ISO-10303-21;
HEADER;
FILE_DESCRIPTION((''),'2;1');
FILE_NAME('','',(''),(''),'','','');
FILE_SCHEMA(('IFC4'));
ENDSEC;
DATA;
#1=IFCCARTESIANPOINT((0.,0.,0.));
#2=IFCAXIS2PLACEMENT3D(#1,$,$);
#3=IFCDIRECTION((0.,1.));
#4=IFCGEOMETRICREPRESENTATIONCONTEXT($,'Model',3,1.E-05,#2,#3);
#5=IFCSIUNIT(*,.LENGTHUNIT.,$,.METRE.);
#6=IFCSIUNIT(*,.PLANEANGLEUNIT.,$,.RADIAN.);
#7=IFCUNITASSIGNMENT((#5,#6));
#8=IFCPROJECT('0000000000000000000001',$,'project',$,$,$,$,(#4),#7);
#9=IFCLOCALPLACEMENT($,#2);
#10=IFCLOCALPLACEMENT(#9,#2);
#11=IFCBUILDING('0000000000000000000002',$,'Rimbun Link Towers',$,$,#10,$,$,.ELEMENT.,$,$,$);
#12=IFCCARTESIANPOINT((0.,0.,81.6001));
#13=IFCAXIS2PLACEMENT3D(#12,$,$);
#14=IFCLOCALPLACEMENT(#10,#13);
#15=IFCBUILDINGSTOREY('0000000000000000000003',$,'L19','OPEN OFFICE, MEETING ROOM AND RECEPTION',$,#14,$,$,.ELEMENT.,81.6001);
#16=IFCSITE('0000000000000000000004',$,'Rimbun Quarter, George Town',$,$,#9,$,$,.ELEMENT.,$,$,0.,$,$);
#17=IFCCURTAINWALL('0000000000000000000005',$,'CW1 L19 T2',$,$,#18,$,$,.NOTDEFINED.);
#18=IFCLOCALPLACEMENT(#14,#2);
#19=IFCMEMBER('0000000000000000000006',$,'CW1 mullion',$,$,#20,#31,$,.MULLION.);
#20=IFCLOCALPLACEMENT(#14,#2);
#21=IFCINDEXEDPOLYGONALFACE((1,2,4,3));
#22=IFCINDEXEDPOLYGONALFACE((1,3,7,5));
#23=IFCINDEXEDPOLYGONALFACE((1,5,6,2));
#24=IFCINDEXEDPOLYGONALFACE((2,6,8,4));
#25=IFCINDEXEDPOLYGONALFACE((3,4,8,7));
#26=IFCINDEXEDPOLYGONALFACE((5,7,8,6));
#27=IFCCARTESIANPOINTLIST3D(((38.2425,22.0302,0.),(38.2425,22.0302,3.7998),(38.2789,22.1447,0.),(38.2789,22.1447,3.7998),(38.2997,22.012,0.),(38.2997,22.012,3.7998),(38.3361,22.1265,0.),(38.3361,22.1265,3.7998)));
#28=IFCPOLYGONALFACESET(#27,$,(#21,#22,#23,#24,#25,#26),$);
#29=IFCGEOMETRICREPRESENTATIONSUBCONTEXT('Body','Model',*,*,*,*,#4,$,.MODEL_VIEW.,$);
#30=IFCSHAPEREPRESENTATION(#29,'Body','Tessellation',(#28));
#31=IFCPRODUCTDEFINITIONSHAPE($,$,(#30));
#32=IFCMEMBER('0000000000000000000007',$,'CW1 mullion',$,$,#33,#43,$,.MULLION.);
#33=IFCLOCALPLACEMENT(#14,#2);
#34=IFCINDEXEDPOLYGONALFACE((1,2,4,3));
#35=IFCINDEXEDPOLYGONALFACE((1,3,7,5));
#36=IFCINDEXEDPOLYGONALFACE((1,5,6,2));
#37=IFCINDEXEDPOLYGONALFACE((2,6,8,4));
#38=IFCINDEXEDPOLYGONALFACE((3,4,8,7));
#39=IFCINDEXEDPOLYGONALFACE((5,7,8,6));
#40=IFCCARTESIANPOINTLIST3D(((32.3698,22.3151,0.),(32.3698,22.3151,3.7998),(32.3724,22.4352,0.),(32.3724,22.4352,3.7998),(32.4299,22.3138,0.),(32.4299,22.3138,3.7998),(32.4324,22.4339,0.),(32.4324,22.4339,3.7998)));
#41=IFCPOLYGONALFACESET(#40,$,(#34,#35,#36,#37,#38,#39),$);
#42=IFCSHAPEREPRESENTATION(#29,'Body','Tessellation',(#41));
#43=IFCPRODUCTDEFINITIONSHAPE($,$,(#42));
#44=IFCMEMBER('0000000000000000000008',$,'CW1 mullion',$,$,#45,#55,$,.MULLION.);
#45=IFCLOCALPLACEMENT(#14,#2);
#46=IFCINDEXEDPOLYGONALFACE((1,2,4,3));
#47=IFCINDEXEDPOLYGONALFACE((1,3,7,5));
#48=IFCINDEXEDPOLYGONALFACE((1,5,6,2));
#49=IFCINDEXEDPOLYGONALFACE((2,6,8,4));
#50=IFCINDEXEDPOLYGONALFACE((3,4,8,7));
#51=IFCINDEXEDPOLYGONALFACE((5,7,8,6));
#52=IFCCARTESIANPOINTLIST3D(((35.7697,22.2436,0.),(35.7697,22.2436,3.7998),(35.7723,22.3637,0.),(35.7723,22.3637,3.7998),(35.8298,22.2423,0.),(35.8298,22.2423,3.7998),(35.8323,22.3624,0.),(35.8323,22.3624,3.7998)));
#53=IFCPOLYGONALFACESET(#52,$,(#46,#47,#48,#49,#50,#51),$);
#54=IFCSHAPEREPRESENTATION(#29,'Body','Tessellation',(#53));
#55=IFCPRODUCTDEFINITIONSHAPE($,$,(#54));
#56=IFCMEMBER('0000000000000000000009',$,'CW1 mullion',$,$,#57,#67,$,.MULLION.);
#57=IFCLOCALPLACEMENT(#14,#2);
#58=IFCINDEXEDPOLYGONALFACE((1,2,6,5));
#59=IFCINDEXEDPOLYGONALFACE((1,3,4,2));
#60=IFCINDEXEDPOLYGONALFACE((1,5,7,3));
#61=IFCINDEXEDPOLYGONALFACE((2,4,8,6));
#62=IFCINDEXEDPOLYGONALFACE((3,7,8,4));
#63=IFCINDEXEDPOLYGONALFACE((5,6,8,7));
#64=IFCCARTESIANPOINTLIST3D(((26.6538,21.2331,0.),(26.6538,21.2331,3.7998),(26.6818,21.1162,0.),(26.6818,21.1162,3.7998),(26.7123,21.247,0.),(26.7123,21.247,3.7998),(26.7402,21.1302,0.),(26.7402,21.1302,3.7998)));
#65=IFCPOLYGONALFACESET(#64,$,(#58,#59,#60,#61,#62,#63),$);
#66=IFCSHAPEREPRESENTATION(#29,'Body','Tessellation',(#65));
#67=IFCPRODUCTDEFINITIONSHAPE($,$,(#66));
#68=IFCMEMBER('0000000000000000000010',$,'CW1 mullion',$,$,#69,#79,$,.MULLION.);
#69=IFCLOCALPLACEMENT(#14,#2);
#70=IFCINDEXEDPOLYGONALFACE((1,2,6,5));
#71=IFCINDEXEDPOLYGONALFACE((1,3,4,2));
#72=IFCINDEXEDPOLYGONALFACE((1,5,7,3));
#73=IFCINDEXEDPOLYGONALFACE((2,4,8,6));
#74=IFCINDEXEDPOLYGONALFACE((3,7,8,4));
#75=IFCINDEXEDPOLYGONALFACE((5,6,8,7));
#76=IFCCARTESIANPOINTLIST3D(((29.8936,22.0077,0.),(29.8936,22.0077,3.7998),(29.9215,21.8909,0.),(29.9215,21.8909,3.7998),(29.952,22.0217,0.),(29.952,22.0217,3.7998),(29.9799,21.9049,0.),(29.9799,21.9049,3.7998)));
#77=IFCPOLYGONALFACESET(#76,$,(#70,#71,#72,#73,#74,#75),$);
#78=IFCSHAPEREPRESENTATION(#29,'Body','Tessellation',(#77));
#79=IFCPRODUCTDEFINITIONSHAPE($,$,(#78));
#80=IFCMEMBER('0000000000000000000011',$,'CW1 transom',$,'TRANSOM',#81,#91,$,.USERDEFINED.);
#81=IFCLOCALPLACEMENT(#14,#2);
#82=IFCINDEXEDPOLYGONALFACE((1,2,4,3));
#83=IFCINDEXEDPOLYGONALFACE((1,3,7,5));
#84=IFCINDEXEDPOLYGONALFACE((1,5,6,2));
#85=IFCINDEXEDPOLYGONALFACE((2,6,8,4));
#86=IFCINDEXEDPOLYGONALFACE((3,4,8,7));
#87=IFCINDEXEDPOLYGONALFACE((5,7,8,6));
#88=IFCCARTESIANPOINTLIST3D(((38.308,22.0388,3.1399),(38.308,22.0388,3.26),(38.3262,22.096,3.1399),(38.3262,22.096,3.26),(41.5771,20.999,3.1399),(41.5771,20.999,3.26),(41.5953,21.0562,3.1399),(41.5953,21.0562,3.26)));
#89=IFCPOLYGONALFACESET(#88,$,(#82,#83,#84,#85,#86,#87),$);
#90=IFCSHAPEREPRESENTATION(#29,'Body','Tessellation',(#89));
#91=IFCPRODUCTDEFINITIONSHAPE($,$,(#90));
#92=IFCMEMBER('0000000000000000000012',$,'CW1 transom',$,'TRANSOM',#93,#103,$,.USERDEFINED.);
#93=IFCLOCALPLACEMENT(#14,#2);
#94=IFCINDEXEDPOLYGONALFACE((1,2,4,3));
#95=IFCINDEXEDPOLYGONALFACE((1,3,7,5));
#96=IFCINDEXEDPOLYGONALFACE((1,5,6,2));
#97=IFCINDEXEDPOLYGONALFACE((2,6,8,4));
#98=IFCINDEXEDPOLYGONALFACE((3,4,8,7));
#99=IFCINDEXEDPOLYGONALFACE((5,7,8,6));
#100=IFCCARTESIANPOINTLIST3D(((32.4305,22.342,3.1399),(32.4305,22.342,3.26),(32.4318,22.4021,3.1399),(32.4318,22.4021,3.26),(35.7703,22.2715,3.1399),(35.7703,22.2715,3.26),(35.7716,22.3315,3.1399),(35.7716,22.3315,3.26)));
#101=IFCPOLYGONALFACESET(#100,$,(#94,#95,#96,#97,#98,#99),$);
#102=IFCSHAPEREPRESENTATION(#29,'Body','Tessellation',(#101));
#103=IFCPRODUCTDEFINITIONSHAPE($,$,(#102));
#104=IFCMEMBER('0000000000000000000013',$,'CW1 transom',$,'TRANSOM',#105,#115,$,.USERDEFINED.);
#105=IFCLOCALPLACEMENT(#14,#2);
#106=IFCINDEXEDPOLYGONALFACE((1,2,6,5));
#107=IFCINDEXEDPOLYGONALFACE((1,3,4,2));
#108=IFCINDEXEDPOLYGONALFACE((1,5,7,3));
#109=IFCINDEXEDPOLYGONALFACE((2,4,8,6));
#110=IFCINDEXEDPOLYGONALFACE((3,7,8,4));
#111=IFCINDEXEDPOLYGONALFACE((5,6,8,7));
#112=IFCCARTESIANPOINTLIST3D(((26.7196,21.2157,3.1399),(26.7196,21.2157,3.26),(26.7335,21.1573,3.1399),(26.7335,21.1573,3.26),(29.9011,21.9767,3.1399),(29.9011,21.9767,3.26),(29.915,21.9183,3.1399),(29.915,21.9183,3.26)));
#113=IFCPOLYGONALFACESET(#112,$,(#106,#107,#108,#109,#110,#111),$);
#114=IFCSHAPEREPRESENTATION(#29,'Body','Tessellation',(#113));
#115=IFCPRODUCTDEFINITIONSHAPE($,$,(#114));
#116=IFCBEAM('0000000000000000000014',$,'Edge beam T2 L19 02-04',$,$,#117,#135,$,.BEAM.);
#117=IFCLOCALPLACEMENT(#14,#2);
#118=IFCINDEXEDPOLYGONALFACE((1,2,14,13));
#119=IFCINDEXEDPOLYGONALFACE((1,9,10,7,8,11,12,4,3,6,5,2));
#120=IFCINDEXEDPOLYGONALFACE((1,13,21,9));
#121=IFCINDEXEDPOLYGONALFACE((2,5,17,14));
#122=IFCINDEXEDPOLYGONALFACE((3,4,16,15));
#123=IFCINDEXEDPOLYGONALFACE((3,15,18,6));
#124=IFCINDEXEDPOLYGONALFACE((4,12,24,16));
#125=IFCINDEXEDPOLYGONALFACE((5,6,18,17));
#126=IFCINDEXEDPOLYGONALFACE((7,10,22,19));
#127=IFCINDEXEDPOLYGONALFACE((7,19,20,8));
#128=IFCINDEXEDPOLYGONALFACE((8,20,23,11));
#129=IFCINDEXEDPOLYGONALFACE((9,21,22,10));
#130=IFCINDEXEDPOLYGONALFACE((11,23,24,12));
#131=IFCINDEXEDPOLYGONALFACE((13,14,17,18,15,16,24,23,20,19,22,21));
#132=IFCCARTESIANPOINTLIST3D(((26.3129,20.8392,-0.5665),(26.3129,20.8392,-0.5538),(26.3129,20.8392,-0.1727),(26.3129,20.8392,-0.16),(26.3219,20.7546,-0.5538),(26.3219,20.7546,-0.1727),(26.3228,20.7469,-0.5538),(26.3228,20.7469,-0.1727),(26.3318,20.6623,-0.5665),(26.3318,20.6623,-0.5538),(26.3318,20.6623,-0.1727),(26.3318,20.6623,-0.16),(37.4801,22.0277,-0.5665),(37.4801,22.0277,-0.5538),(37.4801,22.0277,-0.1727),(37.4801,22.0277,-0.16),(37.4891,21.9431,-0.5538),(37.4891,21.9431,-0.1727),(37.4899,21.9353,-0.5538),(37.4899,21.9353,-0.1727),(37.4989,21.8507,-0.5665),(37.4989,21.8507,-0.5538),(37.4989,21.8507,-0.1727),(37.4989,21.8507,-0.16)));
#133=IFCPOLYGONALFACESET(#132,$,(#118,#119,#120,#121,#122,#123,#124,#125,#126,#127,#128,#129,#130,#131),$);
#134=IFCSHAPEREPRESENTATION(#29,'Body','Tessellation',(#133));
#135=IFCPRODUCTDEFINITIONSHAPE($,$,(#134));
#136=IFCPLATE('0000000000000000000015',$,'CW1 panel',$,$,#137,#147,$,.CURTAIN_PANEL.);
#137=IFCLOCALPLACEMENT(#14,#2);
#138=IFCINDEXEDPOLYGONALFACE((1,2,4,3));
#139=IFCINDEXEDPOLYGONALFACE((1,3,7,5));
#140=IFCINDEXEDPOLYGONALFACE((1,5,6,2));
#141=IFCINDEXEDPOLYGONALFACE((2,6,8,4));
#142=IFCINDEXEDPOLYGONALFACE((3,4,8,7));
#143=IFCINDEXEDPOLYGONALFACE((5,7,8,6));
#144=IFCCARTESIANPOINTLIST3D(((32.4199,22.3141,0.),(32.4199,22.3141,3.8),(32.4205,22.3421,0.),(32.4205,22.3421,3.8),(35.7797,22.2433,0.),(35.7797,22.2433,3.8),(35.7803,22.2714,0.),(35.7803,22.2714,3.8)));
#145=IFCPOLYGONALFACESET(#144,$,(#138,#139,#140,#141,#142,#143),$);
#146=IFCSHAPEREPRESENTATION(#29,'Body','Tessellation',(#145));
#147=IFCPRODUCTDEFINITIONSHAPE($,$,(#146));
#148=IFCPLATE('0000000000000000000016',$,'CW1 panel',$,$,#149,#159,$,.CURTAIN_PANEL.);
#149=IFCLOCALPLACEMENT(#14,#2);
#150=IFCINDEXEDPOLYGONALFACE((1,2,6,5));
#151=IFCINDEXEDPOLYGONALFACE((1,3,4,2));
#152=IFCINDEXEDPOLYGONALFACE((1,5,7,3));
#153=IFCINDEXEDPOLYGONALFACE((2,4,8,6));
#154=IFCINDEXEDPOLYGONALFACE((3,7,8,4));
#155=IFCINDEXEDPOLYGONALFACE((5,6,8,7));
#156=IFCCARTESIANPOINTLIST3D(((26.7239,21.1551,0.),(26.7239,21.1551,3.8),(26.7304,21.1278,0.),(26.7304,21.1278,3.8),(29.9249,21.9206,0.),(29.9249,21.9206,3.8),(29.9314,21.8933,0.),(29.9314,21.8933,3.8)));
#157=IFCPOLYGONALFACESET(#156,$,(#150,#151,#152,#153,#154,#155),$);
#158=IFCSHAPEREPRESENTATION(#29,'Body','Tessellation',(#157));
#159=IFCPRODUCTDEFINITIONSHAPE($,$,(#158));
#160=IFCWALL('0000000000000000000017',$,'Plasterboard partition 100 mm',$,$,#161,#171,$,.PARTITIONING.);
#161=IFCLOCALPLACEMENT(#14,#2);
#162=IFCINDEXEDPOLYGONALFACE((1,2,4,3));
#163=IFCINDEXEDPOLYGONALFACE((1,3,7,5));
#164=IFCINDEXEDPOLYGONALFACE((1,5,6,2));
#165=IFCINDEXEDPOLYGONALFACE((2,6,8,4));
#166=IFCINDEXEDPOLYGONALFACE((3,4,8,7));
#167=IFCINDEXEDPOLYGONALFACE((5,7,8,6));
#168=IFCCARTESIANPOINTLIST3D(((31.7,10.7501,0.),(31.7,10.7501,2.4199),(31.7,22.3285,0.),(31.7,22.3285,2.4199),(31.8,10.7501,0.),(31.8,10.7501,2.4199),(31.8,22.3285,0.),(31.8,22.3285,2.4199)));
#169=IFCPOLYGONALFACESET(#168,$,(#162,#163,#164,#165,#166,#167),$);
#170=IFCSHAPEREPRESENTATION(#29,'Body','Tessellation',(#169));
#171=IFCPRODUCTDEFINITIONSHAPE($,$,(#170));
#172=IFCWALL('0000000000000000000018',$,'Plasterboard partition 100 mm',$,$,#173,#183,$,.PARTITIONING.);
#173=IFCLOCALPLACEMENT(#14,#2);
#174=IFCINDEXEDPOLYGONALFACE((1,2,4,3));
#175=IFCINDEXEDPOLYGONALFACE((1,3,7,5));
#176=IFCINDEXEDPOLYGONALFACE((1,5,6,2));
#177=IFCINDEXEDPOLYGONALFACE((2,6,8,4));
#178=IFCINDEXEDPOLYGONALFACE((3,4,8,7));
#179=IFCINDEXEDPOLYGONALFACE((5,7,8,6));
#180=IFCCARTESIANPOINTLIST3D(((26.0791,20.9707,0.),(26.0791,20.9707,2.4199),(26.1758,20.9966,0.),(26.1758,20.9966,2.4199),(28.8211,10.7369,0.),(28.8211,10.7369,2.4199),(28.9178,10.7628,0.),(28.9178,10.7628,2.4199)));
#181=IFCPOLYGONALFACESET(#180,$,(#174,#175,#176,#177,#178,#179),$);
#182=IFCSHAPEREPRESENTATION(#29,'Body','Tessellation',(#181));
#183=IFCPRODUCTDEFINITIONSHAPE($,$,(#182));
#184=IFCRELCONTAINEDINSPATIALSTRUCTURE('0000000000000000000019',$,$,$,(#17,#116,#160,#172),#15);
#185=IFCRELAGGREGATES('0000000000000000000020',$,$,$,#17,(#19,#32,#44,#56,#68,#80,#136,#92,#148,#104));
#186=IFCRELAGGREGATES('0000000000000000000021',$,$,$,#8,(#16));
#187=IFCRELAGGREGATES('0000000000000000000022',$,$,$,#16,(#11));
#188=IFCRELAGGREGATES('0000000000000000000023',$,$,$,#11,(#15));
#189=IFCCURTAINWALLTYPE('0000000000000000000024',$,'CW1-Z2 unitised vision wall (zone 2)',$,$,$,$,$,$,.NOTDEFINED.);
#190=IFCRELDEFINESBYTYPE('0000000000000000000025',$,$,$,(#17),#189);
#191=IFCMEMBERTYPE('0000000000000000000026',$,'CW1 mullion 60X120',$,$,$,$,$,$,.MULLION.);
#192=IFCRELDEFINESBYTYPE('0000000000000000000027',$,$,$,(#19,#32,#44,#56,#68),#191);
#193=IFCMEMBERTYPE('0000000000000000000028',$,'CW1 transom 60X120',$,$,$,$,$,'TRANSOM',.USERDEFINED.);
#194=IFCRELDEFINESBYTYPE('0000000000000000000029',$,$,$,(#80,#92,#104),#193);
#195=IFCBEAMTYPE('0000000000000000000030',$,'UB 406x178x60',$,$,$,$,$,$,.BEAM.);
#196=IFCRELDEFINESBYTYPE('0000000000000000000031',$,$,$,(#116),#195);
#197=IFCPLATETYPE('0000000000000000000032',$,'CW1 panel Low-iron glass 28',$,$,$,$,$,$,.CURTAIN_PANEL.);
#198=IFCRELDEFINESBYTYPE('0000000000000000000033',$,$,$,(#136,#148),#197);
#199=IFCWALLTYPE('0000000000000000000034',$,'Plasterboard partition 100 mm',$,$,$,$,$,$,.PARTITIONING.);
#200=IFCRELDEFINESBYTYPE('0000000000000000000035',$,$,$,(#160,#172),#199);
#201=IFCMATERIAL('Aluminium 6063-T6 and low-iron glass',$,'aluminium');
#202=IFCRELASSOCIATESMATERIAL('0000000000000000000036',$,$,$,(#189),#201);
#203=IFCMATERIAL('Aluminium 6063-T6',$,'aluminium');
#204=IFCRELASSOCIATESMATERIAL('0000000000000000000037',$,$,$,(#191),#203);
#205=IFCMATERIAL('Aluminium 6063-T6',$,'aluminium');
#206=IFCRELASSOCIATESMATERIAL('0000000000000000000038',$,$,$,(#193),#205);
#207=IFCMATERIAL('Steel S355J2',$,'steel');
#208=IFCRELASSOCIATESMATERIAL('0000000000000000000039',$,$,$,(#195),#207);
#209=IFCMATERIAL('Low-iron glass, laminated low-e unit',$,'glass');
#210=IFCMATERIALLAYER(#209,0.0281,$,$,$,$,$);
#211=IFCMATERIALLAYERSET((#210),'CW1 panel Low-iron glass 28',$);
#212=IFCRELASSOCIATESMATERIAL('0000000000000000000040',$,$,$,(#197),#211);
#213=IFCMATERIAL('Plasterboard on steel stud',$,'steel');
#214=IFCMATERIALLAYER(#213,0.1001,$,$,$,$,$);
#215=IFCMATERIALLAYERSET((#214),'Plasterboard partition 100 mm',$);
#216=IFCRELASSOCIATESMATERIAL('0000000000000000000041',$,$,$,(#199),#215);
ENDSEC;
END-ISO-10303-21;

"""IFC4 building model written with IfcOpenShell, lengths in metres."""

from ifc_helpers import new_model, si_unit, direction, frame, frame_2d, origin, origin_2d, place, context, subcontext, project, spatial, rectangle, i_section, extrude, material, layer, layer_set, material_profile, profile_set, type_object, element, aggregate, save


model = new_model("IFC4")

# Units and contexts
model_context = context("Model", 3, precision=1e-05, world=origin(), true_north=direction((0.0, 1.0)))
body_context = subcontext(model_context, "Body", "Model", "MODEL_VIEW")
ifc_project = project(units=[si_unit("LENGTHUNIT", "METRE"), si_unit("PLANEANGLEUNIT", "RADIAN")], contexts=[model_context])

# Site, building, storey
site_placement = place(None, origin())
site = spatial("IfcSite", under=ifc_project, at=site_placement, Name="Rimbun Quarter, George Town", CompositionType="ELEMENT", RefElevation=0.0)
building_placement = place(site_placement, origin())
building = spatial("IfcBuilding", under=site, at=building_placement, Name="Rimbun Link Towers", CompositionType="ELEMENT")
storey_placement = place(building_placement, frame((0.0, 0.0, 81.6001)))
storey = spatial("IfcBuildingStorey", under=building, at=storey_placement, Name="L19", Description="OPEN OFFICE, MEETING ROOM AND RECEPTION", CompositionType="ELEMENT", Elevation=81.6001)

# Curtain wall, members
ifc_material_1 = material(Name="Aluminium 6063-T6 and low-iron glass", Category="aluminium")
curtain_wall_type = type_object("IfcCurtainWallType", Name="CW1-Z2 unitised vision wall (zone 2)", PredefinedType="NOTDEFINED", material=ifc_material_1)
curtain_wall_placement = place(storey_placement, origin())
curtain_wall = element("IfcCurtainWall", 1, at=curtain_wall_placement, inside=storey, type_object=curtain_wall_type, Name="CW1 L19 T2", PredefinedType="NOTDEFINED")
ifc_material_2 = material(Name="Aluminium 6063-T6", Category="aluminium")
ifc_material_profile_1 = material_profile(ifc_material_2, rectangle(XDim=0.1201, YDim=0.0601, at=origin_2d()), Name="MULLION 60X120")
ifc_profile_set_1 = profile_set([ifc_material_profile_1], Name="Aluminium 6063-T6")
member_type_1 = type_object("IfcMemberType", Name="CW1 mullion 60X120", PredefinedType="MULLION", material=ifc_profile_set_1)
member_1_placement = place(storey_placement, frame((38.2893, 22.0784, 0.0), z_axis=(0.0, 0.0, 1.0), x_axis=(0.30307, 0.952968, 0.0)))
member_1 = element("IfcMember", 2, at=member_1_placement, type_object=member_type_1, Name="CW1 mullion", PredefinedType="MULLION", context=body_context, shape_type="SweptSolid", body=[
    extrude(rectangle(XDim=0.1201, YDim=0.0601, at=origin_2d()), origin(), (0.0, 0.0, 1.0), 3.7998),
])
member_2_placement = place(storey_placement, frame((32.4011, 22.3745, 0.0), z_axis=(0.0, 0.0, 1.0), x_axis=(0.021057, 0.999778, 0.0)))
member_2 = element("IfcMember", 3, at=member_2_placement, type_object=member_type_1, Name="CW1 mullion", PredefinedType="MULLION", context=body_context, shape_type="SweptSolid", body=[
    extrude(rectangle(XDim=0.1201, YDim=0.0601, at=origin_2d()), origin(), (0.0, 0.0, 1.0), 3.7998),
])
member_3_placement = place(storey_placement, frame((35.801, 22.303, 0.0), z_axis=(0.0, 0.0, 1.0), x_axis=(0.021057, 0.999778, 0.0)))
member_3 = element("IfcMember", 4, at=member_3_placement, type_object=member_type_1, Name="CW1 mullion", PredefinedType="MULLION", context=body_context, shape_type="SweptSolid", body=[
    extrude(rectangle(XDim=0.1201, YDim=0.0601, at=origin_2d()), origin(), (0.0, 0.0, 1.0), 3.7998),
])
member_4_placement = place(storey_placement, frame((26.697, 21.1816, 0.0), z_axis=(0.0, 0.0, 1.0), x_axis=(-0.232584, 0.972576, 0.0)))
member_4 = element("IfcMember", 5, at=member_4_placement, type_object=member_type_1, Name="CW1 mullion", PredefinedType="MULLION", context=body_context, shape_type="SweptSolid", body=[
    extrude(rectangle(XDim=0.1201, YDim=0.0601, at=origin_2d()), origin(), (0.0, 0.0, 1.0), 3.7998),
])
member_5_placement = place(storey_placement, frame((29.9368, 21.9563, 0.0), z_axis=(0.0, 0.0, 1.0), x_axis=(-0.232584, 0.972576, 0.0)))
member_5 = element("IfcMember", 6, at=member_5_placement, type_object=member_type_1, Name="CW1 mullion", PredefinedType="MULLION", context=body_context, shape_type="SweptSolid", body=[
    extrude(rectangle(XDim=0.1201, YDim=0.0601, at=origin_2d()), origin(), (0.0, 0.0, 1.0), 3.7998),
])
ifc_material_3 = material(Name="Aluminium 6063-T6", Category="aluminium")
ifc_material_profile_2 = material_profile(ifc_material_3, rectangle(XDim=0.0601, YDim=0.1201, at=origin_2d()), Name="TRANSOM 60X120")
ifc_profile_set_2 = profile_set([ifc_material_profile_2], Name="Aluminium 6063-T6")
member_type_2 = type_object("IfcMemberType", Name="CW1 transom 60X120", ElementType="TRANSOM", PredefinedType="USERDEFINED", material=ifc_profile_set_2)
member_6_placement = place(storey_placement, frame((38.3171, 22.0674, 3.2), z_axis=(0.952956, -0.30311, 0.0), x_axis=(0.30311, 0.952956, 0.0)))
member_6 = element("IfcMember", 7, at=member_6_placement, type_object=member_type_2, Name="CW1 transom", ObjectType="TRANSOM", PredefinedType="USERDEFINED", context=body_context, shape_type="SweptSolid", body=[
    extrude(rectangle(XDim=0.0601, YDim=0.1201, at=origin_2d()), origin(), (0.0, 0.0, 1.0), 3.4304),
])
member_7_placement = place(storey_placement, frame((32.4312, 22.3721, 3.2), z_axis=(0.999777, -0.021121, 0.0), x_axis=(0.021121, 0.999777, 0.0)))
member_7 = element("IfcMember", 8, at=member_7_placement, type_object=member_type_2, Name="CW1 transom", ObjectType="TRANSOM", PredefinedType="USERDEFINED", context=body_context, shape_type="SweptSolid", body=[
    extrude(rectangle(XDim=0.0601, YDim=0.1201, at=origin_2d()), origin(), (0.0, 0.0, 1.0), 3.3406),
])
member_8_placement = place(storey_placement, frame((26.7266, 21.1865, 3.2), z_axis=(0.972564, 0.232636, 0.0), x_axis=(-0.232636, 0.972564, 0.0)))
member_8 = element("IfcMember", 9, at=member_8_placement, type_object=member_type_2, Name="CW1 transom", ObjectType="TRANSOM", PredefinedType="USERDEFINED", context=body_context, shape_type="SweptSolid", body=[
    extrude(rectangle(XDim=0.0601, YDim=0.1201, at=origin_2d()), origin(), (0.0, 0.0, 1.0), 3.2712),
])

# Beam
ifc_material_4 = material(Name="Steel S355J2", Category="steel")
ifc_material_profile_3 = material_profile(ifc_material_4, i_section(OverallWidth=0.178, OverallDepth=0.4065, WebThickness=0.0078, FlangeThickness=0.0127, at=origin_2d()), Name="UB 406x178x60")
ifc_profile_set_3 = profile_set([ifc_material_profile_3], Name="Steel S355J2")
beam_type = type_object("IfcBeamType", Name="UB 406x178x60", PredefinedType="BEAM", material=ifc_profile_set_3)
beam_placement = place(storey_placement, frame((37.4895, 21.9392, -0.3633), z_axis=(-0.994384, -0.105828, 0.0), x_axis=(0.105828, -0.994384, 0.0)))
element("IfcBeam", 10, at=beam_placement, inside=storey, type_object=beam_type, Name="Edge beam T2 L19 02-04", PredefinedType="BEAM", context=body_context, shape_type="SweptSolid", body=[
    extrude(i_section(OverallWidth=0.178, OverallDepth=0.4065, WebThickness=0.0078, FlangeThickness=0.0127, at=origin_2d()), origin(), (0.0, 0.0, 1.0), 11.2302),
])

# Plates
ifc_material_5 = material(Name="Low-iron glass, laminated low-e unit", Category="glass")
ifc_layer_1 = layer(ifc_material_5, 0.0281)
ifc_layer_set_1 = layer_set([ifc_layer_1], Name="CW1 panel Low-iron glass 28")
plate_type = type_object("IfcPlateType", Name="CW1 panel Low-iron glass 28", PredefinedType="CURTAIN_PANEL", material=ifc_layer_set_1)
plate_1_placement = place(storey_placement, frame((34.1001, 22.2927, 0.0), z_axis=(0.0, 0.0, 1.0), x_axis=(0.999778, -0.021057, 0.0)))
plate_1 = element("IfcPlate", 11, at=plate_1_placement, type_object=plate_type, Name="CW1 panel", PredefinedType="CURTAIN_PANEL", context=body_context, shape_type="SweptSolid", body=[
    extrude(rectangle(XDim=3.3606, YDim=0.0281, at=origin_2d()), origin(), (0.0, 0.0, 1.0), 3.8),
])
plate_2_placement = place(storey_placement, frame((28.3276, 21.5242, 0.0), z_axis=(0.0, 0.0, 1.0), x_axis=(0.972576, 0.232584, 0.0)))
plate_2 = element("IfcPlate", 12, at=plate_2_placement, type_object=plate_type, Name="CW1 panel", PredefinedType="CURTAIN_PANEL", context=body_context, shape_type="SweptSolid", body=[
    extrude(rectangle(XDim=3.2913, YDim=0.0281, at=origin_2d()), origin(), (0.0, 0.0, 1.0), 3.8),
])
aggregate(curtain_wall, [member_1, member_2, member_3, member_4, member_5, member_6, plate_1, member_7, plate_2, member_8])

# Walls
ifc_material_6 = material(Name="Plasterboard on steel stud", Category="steel")
ifc_layer_2 = layer(ifc_material_6, 0.1001)
ifc_layer_set_2 = layer_set([ifc_layer_2], Name="Plasterboard partition 100 mm")
wall_type = type_object("IfcWallType", Name="Plasterboard partition 100 mm", PredefinedType="PARTITIONING", material=ifc_layer_set_2)
wall_1_placement = place(storey_placement, frame((31.75, 22.3284, 0.0), z_axis=(0.0, 0.0, 1.0), x_axis=(0.0, -1.0, 0.0)))
element("IfcWall", 13, at=wall_1_placement, inside=storey, type_object=wall_type, Name="Plasterboard partition 100 mm", PredefinedType="PARTITIONING", context=body_context, shape_type="SweptSolid", body=[
    extrude(rectangle(XDim=11.5784, YDim=0.1001, at=frame_2d((5.7891, 0.0))), origin(), (0.0, 0.0, 1.0), 2.4199),
])
wall_2_placement = place(storey_placement, frame((26.1274, 20.9836, 0.0), z_axis=(0.0, 0.0, 1.0), x_axis=(0.258806, -0.965929, 0.0)))
element("IfcWall", 14, at=wall_2_placement, inside=storey, type_object=wall_type, Name="Plasterboard partition 100 mm", PredefinedType="PARTITIONING", context=body_context, shape_type="SweptSolid", body=[
    extrude(rectangle(XDim=10.5947, YDim=0.1001, at=frame_2d((5.2974, 0.0))), origin(), (0.0, 0.0, 1.0), 2.4199),
])

save(model, "model.ifc")
